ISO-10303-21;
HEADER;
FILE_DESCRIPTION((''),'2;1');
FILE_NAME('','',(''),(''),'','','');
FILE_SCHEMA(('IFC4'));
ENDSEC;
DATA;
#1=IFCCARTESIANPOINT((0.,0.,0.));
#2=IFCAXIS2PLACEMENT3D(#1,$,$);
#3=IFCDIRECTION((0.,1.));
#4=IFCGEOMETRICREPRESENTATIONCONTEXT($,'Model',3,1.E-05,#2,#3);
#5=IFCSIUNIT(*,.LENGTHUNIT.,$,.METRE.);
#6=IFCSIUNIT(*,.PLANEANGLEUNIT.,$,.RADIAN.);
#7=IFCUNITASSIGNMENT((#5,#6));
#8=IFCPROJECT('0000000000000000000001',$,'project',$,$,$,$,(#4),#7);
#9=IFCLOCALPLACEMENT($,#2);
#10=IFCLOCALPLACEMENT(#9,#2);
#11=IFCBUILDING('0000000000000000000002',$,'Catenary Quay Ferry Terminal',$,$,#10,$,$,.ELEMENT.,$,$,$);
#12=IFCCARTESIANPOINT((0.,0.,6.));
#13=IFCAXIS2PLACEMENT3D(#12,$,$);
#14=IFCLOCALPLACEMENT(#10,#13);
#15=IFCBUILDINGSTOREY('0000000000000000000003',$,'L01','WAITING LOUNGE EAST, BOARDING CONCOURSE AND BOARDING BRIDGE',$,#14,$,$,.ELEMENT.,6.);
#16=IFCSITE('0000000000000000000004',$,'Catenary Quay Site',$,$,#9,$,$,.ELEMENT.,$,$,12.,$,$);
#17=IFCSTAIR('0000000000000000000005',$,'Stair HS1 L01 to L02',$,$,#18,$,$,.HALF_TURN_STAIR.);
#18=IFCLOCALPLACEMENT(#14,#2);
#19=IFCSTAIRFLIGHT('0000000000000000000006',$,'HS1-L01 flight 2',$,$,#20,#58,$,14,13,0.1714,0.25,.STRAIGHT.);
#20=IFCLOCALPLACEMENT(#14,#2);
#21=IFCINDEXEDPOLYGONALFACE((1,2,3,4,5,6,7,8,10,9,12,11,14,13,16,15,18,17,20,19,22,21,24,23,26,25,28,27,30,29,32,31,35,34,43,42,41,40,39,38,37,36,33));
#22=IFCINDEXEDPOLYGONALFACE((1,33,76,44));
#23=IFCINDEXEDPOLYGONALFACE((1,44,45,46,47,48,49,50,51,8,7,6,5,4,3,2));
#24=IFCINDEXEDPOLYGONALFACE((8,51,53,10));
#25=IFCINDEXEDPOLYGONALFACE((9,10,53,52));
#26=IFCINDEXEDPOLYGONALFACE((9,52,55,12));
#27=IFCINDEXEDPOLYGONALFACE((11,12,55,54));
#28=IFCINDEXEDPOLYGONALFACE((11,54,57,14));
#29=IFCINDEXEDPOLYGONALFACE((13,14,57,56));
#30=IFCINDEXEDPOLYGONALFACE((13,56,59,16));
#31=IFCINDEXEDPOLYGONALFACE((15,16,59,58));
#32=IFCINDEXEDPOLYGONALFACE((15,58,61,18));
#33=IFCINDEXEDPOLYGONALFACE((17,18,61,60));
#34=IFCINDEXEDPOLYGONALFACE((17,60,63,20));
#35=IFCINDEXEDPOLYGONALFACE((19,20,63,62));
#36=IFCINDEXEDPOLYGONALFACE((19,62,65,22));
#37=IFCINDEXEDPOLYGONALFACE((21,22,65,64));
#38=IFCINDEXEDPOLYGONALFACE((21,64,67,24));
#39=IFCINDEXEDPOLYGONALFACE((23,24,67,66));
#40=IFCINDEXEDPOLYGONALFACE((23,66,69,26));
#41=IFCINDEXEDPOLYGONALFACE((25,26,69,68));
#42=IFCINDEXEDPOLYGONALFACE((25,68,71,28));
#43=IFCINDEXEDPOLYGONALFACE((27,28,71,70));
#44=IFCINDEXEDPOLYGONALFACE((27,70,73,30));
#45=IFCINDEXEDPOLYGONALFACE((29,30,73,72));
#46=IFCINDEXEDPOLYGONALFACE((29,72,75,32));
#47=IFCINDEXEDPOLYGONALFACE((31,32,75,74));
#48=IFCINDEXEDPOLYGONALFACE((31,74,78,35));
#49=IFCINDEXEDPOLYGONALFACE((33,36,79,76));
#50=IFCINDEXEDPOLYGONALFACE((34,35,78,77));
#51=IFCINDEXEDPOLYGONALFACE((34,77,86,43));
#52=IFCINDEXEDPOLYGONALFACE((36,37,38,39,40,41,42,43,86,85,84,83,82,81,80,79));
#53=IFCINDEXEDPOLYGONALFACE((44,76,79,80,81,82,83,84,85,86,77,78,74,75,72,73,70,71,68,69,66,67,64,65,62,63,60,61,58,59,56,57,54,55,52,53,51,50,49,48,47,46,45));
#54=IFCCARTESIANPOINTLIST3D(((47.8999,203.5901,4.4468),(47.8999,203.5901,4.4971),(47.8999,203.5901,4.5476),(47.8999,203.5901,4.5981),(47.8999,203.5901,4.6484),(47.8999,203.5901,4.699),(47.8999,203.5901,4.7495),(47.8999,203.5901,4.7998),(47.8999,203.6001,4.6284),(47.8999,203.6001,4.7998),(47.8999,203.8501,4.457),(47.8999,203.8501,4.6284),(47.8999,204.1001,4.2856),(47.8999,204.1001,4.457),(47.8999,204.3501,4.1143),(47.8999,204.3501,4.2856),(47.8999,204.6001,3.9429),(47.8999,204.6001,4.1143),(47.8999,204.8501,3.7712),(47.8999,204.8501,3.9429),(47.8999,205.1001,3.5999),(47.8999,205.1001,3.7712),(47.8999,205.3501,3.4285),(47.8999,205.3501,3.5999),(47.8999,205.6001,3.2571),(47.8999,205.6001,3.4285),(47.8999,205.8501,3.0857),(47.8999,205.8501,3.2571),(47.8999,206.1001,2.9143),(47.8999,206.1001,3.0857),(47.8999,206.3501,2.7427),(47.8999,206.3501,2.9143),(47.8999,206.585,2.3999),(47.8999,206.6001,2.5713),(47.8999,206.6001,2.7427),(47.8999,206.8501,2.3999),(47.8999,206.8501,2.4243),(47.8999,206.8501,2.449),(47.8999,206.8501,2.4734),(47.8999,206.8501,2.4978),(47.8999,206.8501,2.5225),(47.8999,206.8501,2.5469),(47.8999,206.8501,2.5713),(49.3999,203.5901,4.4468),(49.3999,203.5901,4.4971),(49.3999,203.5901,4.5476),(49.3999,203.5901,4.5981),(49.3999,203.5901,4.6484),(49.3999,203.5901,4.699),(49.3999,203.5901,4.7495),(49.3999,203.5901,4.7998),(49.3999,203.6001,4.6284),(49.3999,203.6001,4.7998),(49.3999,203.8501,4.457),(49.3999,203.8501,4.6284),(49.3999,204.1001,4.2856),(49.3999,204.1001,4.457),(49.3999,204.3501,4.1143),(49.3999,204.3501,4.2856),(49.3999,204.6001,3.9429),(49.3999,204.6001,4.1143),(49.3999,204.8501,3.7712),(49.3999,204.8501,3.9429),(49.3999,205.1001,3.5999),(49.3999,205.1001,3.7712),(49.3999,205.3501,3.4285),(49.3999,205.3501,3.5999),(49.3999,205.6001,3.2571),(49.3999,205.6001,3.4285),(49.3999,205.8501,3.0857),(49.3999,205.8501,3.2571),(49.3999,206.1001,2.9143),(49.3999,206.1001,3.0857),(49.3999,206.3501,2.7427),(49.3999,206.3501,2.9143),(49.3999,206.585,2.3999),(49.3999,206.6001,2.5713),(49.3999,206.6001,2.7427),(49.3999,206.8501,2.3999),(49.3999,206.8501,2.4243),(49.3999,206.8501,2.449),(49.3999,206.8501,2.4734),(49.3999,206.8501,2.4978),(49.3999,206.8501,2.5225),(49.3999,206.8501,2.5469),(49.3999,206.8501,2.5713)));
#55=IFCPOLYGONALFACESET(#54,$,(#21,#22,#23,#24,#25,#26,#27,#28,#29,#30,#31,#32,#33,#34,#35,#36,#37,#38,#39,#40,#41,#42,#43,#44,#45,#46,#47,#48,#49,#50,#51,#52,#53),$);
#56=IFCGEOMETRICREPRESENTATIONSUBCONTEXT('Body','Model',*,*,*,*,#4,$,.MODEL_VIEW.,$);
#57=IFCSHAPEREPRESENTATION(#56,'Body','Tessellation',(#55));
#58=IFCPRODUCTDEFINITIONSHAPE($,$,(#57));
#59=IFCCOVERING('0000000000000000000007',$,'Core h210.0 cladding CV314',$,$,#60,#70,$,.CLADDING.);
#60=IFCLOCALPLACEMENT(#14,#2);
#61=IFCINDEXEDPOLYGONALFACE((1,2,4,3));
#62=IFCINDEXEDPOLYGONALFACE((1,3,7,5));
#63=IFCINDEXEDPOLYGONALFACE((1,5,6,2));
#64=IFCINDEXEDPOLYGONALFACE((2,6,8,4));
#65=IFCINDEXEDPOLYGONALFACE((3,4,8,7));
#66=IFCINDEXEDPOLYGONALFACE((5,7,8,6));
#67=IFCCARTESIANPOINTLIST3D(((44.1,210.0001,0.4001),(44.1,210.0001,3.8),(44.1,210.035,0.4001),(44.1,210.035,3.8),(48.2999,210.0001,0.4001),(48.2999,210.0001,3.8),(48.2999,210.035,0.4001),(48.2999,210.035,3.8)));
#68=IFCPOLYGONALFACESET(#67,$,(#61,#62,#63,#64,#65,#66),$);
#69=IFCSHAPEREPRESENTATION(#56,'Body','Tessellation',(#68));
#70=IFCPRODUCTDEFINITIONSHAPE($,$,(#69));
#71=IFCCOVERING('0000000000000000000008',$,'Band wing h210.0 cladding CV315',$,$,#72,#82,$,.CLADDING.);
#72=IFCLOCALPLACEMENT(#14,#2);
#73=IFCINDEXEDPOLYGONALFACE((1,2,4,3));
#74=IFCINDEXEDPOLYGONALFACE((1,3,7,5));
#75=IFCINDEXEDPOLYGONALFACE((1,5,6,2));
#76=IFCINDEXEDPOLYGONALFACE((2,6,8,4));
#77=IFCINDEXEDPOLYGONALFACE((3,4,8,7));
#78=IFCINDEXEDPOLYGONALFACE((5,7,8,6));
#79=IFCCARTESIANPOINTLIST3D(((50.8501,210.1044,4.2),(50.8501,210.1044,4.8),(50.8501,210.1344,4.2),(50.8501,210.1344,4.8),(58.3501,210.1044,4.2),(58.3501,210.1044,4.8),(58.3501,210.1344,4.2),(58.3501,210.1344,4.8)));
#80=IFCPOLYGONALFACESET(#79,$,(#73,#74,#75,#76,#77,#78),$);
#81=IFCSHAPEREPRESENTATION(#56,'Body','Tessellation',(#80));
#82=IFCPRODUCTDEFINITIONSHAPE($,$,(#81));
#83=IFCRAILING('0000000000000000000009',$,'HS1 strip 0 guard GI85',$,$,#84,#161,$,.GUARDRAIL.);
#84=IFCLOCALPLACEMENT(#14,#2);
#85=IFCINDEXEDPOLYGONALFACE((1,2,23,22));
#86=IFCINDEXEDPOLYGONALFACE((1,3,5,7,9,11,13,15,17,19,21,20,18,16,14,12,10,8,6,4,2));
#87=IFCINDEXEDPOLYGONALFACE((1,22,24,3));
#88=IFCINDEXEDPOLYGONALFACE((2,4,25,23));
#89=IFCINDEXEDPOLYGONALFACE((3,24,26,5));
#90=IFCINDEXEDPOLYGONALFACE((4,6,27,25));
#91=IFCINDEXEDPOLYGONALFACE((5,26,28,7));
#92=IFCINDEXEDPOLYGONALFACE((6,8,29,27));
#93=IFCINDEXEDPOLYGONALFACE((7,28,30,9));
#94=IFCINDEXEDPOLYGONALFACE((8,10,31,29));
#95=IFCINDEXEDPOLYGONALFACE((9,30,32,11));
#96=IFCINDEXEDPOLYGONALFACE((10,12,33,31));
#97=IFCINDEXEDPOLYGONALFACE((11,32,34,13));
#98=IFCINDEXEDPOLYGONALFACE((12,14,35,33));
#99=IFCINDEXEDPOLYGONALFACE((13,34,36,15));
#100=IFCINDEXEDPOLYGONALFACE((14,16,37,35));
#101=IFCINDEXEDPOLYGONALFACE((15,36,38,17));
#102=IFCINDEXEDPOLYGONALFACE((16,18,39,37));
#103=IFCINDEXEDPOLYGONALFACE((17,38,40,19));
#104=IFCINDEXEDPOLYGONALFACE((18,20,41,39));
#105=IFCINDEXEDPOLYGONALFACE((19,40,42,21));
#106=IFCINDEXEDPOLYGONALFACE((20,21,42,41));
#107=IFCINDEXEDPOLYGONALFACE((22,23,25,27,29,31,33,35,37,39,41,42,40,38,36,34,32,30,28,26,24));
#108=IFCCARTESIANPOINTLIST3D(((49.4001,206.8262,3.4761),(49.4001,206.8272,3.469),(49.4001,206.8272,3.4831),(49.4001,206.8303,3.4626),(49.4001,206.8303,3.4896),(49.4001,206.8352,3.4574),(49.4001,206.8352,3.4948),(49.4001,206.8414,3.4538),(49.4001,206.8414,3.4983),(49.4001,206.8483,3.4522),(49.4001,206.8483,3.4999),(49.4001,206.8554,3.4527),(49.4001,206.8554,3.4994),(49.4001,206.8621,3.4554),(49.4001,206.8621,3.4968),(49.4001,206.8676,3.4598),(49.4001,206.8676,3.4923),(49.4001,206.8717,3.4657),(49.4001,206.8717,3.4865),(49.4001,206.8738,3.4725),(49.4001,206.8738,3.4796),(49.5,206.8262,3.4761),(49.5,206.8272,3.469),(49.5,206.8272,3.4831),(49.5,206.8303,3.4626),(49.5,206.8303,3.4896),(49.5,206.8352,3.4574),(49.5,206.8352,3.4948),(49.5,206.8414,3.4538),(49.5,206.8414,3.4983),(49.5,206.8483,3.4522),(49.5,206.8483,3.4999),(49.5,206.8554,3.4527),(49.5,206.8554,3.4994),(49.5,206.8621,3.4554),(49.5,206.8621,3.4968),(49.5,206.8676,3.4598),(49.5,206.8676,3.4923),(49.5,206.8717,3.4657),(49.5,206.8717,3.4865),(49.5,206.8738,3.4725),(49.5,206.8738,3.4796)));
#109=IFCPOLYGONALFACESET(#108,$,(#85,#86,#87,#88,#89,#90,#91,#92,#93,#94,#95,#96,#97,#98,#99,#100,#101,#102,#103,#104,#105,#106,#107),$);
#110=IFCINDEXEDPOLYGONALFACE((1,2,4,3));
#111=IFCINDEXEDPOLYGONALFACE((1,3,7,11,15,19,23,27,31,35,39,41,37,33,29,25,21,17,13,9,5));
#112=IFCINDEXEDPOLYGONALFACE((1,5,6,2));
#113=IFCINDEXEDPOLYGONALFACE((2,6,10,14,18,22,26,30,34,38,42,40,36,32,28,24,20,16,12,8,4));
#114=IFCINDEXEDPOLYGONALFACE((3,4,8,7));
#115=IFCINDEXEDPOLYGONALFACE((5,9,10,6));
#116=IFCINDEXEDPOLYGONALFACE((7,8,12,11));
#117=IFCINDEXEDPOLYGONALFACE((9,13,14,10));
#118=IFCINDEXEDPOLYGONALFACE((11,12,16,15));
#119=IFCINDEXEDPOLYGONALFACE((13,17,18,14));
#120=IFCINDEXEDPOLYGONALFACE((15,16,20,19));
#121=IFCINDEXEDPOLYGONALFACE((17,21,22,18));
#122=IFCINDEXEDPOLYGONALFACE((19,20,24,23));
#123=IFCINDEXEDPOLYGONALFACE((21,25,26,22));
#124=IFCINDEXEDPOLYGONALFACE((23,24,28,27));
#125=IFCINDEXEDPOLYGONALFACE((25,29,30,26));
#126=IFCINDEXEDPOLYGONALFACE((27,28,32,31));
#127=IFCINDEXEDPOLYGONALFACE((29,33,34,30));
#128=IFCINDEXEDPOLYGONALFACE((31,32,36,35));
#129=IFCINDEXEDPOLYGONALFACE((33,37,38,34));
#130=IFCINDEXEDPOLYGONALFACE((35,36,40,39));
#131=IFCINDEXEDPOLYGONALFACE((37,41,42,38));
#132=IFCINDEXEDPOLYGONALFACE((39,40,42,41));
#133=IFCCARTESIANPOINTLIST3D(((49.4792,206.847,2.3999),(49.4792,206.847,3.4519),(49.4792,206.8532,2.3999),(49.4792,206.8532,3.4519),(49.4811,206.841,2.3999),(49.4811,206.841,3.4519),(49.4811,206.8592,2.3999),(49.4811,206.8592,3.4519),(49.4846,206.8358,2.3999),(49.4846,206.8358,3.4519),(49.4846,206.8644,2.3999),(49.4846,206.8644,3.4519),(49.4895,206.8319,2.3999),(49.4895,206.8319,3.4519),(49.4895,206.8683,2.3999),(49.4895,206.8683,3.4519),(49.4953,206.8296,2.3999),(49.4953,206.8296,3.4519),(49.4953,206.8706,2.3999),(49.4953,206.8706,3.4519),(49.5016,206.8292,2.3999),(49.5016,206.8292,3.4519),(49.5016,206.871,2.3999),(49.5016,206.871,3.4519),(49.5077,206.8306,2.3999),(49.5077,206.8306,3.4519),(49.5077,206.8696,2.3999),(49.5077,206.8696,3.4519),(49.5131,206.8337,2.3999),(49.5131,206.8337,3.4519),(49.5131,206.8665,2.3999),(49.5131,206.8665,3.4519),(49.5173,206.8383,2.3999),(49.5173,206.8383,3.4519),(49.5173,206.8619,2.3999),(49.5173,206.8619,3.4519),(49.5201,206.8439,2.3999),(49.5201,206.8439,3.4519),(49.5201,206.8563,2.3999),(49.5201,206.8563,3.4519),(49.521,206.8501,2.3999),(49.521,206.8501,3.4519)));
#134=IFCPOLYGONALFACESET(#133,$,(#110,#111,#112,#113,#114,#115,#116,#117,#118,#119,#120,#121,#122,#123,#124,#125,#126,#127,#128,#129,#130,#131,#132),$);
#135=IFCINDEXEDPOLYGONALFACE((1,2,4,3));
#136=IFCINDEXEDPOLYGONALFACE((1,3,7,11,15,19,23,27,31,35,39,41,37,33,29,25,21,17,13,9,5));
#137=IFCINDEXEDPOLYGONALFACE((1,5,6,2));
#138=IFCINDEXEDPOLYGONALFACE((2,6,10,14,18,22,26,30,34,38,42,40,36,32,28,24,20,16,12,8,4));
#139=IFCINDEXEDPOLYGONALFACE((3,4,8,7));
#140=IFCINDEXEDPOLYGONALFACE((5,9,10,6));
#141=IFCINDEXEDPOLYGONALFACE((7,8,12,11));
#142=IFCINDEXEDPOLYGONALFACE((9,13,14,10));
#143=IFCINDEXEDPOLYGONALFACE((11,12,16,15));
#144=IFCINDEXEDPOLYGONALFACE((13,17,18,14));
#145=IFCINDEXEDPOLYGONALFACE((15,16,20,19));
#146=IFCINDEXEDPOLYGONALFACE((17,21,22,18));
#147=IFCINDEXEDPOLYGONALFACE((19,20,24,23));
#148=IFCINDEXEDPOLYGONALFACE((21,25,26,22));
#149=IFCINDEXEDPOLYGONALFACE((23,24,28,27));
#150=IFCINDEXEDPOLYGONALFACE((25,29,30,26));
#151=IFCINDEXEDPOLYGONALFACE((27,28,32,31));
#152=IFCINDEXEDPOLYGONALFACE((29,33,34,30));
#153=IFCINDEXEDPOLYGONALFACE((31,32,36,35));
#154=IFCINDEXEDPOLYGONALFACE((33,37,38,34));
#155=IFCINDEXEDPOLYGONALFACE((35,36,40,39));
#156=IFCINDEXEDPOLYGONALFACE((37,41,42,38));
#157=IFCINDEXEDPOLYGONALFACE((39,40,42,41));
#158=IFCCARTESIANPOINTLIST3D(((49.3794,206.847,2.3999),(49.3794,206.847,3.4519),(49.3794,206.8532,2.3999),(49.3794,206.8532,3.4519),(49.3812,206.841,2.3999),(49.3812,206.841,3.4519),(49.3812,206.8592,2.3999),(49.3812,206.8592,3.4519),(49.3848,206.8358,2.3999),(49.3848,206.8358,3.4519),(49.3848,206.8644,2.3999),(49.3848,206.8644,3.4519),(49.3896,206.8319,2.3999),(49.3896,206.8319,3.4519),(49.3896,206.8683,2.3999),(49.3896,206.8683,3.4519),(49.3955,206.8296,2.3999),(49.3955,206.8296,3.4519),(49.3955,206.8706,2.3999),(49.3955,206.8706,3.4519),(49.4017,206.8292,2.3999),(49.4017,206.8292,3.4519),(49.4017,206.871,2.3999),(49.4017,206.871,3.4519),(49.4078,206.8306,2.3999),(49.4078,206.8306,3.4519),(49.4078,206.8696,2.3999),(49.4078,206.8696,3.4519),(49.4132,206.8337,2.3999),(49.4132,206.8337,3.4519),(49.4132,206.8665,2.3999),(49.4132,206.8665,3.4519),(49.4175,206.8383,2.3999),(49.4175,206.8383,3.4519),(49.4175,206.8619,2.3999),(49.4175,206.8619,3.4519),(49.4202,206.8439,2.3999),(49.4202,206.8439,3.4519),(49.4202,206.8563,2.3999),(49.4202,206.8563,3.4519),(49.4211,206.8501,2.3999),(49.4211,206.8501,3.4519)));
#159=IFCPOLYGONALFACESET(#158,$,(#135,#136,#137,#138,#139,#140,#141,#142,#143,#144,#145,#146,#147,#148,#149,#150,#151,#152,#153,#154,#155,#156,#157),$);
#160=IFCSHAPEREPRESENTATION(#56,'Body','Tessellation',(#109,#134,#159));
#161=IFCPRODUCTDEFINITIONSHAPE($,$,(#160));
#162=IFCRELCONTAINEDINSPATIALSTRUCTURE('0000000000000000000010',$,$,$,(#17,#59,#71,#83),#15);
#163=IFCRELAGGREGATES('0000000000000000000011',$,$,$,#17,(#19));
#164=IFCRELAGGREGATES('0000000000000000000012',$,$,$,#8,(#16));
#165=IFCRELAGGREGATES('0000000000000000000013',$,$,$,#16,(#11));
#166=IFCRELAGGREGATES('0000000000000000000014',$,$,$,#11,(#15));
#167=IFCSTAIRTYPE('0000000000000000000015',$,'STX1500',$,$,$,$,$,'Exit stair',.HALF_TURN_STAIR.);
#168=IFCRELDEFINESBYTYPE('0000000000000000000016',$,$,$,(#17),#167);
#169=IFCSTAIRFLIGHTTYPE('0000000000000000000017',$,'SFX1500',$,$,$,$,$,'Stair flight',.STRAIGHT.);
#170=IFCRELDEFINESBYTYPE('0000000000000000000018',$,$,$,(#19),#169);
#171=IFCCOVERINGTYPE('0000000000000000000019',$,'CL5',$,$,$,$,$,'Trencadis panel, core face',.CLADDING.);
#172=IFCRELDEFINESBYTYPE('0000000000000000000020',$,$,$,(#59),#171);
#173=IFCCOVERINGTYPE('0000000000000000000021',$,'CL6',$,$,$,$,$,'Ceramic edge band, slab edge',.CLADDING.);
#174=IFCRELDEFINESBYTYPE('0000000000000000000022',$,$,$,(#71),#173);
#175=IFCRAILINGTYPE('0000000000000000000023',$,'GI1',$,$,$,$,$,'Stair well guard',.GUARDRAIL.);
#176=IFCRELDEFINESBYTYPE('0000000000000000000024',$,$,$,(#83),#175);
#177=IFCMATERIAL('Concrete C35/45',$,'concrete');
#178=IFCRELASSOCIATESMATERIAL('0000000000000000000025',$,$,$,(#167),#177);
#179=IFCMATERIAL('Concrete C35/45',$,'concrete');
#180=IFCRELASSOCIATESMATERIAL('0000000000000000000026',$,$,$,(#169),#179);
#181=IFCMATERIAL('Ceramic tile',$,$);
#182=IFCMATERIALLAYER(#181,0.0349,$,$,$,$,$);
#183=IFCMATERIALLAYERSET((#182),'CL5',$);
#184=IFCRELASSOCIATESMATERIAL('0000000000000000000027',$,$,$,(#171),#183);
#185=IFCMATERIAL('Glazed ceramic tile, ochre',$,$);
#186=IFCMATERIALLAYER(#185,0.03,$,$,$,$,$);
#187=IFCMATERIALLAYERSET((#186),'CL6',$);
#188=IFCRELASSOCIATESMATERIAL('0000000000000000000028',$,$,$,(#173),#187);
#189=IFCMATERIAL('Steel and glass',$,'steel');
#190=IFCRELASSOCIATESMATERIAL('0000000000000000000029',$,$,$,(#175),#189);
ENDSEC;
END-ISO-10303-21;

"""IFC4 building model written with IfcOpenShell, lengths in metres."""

from ifc_helpers import new_model, si_unit, direction, frame, origin, origin_2d, place, context, subcontext, project, spatial, polyline, rectangle, circle, outline, extrude, material, layer, layer_set, type_object, element, aggregate, save


model = new_model("IFC4")

# Units and contexts
model_context = context("Model", 3, precision=1e-05, world=origin(), true_north=direction((0.0, 1.0)))
body_context = subcontext(model_context, "Body", "Model", "MODEL_VIEW")
ifc_project = project(units=[si_unit("LENGTHUNIT", "METRE"), si_unit("PLANEANGLEUNIT", "RADIAN")], contexts=[model_context])

# Site, building, storey
site_placement = place(None, origin())
site = spatial("IfcSite", under=ifc_project, at=site_placement, Name="Catenary Quay Site", CompositionType="ELEMENT", RefElevation=12.0)
building_placement = place(site_placement, origin())
building = spatial("IfcBuilding", under=site, at=building_placement, Name="Catenary Quay Ferry Terminal", CompositionType="ELEMENT")
storey_placement = place(building_placement, frame((0.0, 0.0, 6.0)))
storey = spatial("IfcBuildingStorey", under=building, at=storey_placement, Name="L01", Description="WAITING LOUNGE EAST, BOARDING CONCOURSE AND BOARDING BRIDGE", CompositionType="ELEMENT", Elevation=6.0)

# Stair, stair flight
ifc_material_1 = material(Name="Concrete C35/45", Category="concrete")
stair_type = type_object("IfcStairType", Name="STX1500", ElementType="Exit stair", PredefinedType="HALF_TURN_STAIR", material=ifc_material_1)
stair_placement = place(storey_placement, origin())
stair = element("IfcStair", 1, at=stair_placement, inside=storey, type_object=stair_type, Name="Stair HS1 L01 to L02", PredefinedType="HALF_TURN_STAIR")
ifc_material_2 = material(Name="Concrete C35/45", Category="concrete")
stair_flight_type = type_object("IfcStairFlightType", Name="SFX1500", ElementType="Stair flight", PredefinedType="STRAIGHT", material=ifc_material_2)
stair_flight_placement = place(storey_placement, frame((48.6499, 206.8501, 2.3999), z_axis=(0.0, 0.0, 1.0), x_axis=(0.0, -1.0, 0.0)))
stair_flight = element("IfcStairFlight", 2, at=stair_flight_placement, type_object=stair_flight_type, Name="HS1-L01 flight 2", NumberOfRisers=14, NumberOfTreads=13, PredefinedType="STRAIGHT", RiserHeight=0.1714, TreadLength=0.25, context=body_context, shape_type="SweptSolid", body=[
    extrude(outline(polyline([(0.0, 0.0), (0.0, 0.0244), (0.0, 0.0491), (0.0, 0.0735), (0.0, 0.0979), (0.0, 0.1226), (0.0, 0.147), (0.0, 0.1714), (0.25, 0.1714), (0.25, 0.3428), (0.5, 0.3428), (0.5, 0.5144), (0.75, 0.5144), (0.75, 0.6858), (1.0, 0.6858), (1.0, 0.8572), (1.25, 0.8572), (1.25, 1.0286), (1.5, 1.0286), (1.5, 1.2), (1.75, 1.2), (1.75, 1.3713), (2.0, 1.3713), (2.0, 1.543), (2.25, 1.543), (2.25, 1.7144), (2.5, 1.7144), (2.5, 1.8857), (2.75, 1.8857), (2.75, 2.0571), (3.0, 2.0571), (3.0, 2.2285), (3.25, 2.2285), (3.25, 2.3999), (3.26, 2.3999), (3.26, 2.3496), (3.26, 2.2991), (3.26, 2.2485), (3.26, 2.1982), (3.26, 2.1477), (3.26, 2.0972), (3.26, 2.0469), (0.2651, 0.0), (0.0, 0.0)])), frame((0.0, 0.75, 0.0), z_axis=(0.0, -1.0, 0.0), x_axis=(1.0, 0.0, 0.0)), (0.0, 0.0, 1.0), 1.5),
])
aggregate(stair, [stair_flight])

# Coverings
ifc_material_3 = material(Name="Ceramic tile")
ifc_layer_1 = layer(ifc_material_3, 0.0349)
ifc_layer_set_1 = layer_set([ifc_layer_1], Name="CL5")
covering_type_1 = type_object("IfcCoveringType", Name="CL5", ElementType="Trencadis panel, core face", PredefinedType="CLADDING", material=ifc_layer_set_1)
covering_1_placement = place(storey_placement, frame((46.2, 210.0176, 0.4001), z_axis=(0.0, 0.0, 1.0), x_axis=(1.0, 0.0, 0.0)))
element("IfcCovering", 3, at=covering_1_placement, inside=storey, type_object=covering_type_1, Name="Core h210.0 cladding CV314", PredefinedType="CLADDING", context=body_context, shape_type="SweptSolid", body=[
    extrude(rectangle(XDim=4.2, YDim=0.0349, at=origin_2d()), origin(), (0.0, 0.0, 1.0), 3.3999),
])
ifc_material_4 = material(Name="Glazed ceramic tile, ochre")
ifc_layer_2 = layer(ifc_material_4, 0.03)
ifc_layer_set_2 = layer_set([ifc_layer_2], Name="CL6")
covering_type_2 = type_object("IfcCoveringType", Name="CL6", ElementType="Ceramic edge band, slab edge", PredefinedType="CLADDING", material=ifc_layer_set_2)
covering_2_placement = place(storey_placement, frame((54.6001, 210.1194, 4.2), z_axis=(0.0, 0.0, 1.0), x_axis=(1.0, 0.0, 0.0)))
element("IfcCovering", 4, at=covering_2_placement, inside=storey, type_object=covering_type_2, Name="Band wing h210.0 cladding CV315", PredefinedType="CLADDING", context=body_context, shape_type="SweptSolid", body=[
    extrude(rectangle(XDim=7.5, YDim=0.03, at=origin_2d()), origin(), (0.0, 0.0, 1.0), 0.6001),
])

# Railing
ifc_material_5 = material(Name="Steel and glass", Category="steel")
railing_type_1 = type_object("IfcRailingType", Name="GI1", ElementType="Stair well guard", PredefinedType="GUARDRAIL", material=ifc_material_5)
railing_1_placement = place(storey_placement, frame((49.5, 206.8501, 2.3999)))
element("IfcRailing", 5, at=railing_1_placement, inside=storey, type_object=railing_type_1, Name="HS1 strip 0 guard GI85", PredefinedType="GUARDRAIL", context=body_context, shape_type="SweptSolid", body=[
    extrude(circle(Radius=0.0239, at=origin_2d()), frame((0.0, 0.0, 1.0762), z_axis=(-1.0, 0.0, 0.0), x_axis=(0.0, -1.0, 0.0)), (0.0, 0.0, 1.0), 0.0999),
    extrude(circle(Radius=0.021, at=origin_2d()), origin(), (0.0, 0.0, 1.0), 1.052),
    extrude(circle(Radius=0.021, at=origin_2d()), frame((-0.0999, 0.0, 0.0)), (0.0, 0.0, 1.0), 1.052),
])

save(model, "model.ifc")
